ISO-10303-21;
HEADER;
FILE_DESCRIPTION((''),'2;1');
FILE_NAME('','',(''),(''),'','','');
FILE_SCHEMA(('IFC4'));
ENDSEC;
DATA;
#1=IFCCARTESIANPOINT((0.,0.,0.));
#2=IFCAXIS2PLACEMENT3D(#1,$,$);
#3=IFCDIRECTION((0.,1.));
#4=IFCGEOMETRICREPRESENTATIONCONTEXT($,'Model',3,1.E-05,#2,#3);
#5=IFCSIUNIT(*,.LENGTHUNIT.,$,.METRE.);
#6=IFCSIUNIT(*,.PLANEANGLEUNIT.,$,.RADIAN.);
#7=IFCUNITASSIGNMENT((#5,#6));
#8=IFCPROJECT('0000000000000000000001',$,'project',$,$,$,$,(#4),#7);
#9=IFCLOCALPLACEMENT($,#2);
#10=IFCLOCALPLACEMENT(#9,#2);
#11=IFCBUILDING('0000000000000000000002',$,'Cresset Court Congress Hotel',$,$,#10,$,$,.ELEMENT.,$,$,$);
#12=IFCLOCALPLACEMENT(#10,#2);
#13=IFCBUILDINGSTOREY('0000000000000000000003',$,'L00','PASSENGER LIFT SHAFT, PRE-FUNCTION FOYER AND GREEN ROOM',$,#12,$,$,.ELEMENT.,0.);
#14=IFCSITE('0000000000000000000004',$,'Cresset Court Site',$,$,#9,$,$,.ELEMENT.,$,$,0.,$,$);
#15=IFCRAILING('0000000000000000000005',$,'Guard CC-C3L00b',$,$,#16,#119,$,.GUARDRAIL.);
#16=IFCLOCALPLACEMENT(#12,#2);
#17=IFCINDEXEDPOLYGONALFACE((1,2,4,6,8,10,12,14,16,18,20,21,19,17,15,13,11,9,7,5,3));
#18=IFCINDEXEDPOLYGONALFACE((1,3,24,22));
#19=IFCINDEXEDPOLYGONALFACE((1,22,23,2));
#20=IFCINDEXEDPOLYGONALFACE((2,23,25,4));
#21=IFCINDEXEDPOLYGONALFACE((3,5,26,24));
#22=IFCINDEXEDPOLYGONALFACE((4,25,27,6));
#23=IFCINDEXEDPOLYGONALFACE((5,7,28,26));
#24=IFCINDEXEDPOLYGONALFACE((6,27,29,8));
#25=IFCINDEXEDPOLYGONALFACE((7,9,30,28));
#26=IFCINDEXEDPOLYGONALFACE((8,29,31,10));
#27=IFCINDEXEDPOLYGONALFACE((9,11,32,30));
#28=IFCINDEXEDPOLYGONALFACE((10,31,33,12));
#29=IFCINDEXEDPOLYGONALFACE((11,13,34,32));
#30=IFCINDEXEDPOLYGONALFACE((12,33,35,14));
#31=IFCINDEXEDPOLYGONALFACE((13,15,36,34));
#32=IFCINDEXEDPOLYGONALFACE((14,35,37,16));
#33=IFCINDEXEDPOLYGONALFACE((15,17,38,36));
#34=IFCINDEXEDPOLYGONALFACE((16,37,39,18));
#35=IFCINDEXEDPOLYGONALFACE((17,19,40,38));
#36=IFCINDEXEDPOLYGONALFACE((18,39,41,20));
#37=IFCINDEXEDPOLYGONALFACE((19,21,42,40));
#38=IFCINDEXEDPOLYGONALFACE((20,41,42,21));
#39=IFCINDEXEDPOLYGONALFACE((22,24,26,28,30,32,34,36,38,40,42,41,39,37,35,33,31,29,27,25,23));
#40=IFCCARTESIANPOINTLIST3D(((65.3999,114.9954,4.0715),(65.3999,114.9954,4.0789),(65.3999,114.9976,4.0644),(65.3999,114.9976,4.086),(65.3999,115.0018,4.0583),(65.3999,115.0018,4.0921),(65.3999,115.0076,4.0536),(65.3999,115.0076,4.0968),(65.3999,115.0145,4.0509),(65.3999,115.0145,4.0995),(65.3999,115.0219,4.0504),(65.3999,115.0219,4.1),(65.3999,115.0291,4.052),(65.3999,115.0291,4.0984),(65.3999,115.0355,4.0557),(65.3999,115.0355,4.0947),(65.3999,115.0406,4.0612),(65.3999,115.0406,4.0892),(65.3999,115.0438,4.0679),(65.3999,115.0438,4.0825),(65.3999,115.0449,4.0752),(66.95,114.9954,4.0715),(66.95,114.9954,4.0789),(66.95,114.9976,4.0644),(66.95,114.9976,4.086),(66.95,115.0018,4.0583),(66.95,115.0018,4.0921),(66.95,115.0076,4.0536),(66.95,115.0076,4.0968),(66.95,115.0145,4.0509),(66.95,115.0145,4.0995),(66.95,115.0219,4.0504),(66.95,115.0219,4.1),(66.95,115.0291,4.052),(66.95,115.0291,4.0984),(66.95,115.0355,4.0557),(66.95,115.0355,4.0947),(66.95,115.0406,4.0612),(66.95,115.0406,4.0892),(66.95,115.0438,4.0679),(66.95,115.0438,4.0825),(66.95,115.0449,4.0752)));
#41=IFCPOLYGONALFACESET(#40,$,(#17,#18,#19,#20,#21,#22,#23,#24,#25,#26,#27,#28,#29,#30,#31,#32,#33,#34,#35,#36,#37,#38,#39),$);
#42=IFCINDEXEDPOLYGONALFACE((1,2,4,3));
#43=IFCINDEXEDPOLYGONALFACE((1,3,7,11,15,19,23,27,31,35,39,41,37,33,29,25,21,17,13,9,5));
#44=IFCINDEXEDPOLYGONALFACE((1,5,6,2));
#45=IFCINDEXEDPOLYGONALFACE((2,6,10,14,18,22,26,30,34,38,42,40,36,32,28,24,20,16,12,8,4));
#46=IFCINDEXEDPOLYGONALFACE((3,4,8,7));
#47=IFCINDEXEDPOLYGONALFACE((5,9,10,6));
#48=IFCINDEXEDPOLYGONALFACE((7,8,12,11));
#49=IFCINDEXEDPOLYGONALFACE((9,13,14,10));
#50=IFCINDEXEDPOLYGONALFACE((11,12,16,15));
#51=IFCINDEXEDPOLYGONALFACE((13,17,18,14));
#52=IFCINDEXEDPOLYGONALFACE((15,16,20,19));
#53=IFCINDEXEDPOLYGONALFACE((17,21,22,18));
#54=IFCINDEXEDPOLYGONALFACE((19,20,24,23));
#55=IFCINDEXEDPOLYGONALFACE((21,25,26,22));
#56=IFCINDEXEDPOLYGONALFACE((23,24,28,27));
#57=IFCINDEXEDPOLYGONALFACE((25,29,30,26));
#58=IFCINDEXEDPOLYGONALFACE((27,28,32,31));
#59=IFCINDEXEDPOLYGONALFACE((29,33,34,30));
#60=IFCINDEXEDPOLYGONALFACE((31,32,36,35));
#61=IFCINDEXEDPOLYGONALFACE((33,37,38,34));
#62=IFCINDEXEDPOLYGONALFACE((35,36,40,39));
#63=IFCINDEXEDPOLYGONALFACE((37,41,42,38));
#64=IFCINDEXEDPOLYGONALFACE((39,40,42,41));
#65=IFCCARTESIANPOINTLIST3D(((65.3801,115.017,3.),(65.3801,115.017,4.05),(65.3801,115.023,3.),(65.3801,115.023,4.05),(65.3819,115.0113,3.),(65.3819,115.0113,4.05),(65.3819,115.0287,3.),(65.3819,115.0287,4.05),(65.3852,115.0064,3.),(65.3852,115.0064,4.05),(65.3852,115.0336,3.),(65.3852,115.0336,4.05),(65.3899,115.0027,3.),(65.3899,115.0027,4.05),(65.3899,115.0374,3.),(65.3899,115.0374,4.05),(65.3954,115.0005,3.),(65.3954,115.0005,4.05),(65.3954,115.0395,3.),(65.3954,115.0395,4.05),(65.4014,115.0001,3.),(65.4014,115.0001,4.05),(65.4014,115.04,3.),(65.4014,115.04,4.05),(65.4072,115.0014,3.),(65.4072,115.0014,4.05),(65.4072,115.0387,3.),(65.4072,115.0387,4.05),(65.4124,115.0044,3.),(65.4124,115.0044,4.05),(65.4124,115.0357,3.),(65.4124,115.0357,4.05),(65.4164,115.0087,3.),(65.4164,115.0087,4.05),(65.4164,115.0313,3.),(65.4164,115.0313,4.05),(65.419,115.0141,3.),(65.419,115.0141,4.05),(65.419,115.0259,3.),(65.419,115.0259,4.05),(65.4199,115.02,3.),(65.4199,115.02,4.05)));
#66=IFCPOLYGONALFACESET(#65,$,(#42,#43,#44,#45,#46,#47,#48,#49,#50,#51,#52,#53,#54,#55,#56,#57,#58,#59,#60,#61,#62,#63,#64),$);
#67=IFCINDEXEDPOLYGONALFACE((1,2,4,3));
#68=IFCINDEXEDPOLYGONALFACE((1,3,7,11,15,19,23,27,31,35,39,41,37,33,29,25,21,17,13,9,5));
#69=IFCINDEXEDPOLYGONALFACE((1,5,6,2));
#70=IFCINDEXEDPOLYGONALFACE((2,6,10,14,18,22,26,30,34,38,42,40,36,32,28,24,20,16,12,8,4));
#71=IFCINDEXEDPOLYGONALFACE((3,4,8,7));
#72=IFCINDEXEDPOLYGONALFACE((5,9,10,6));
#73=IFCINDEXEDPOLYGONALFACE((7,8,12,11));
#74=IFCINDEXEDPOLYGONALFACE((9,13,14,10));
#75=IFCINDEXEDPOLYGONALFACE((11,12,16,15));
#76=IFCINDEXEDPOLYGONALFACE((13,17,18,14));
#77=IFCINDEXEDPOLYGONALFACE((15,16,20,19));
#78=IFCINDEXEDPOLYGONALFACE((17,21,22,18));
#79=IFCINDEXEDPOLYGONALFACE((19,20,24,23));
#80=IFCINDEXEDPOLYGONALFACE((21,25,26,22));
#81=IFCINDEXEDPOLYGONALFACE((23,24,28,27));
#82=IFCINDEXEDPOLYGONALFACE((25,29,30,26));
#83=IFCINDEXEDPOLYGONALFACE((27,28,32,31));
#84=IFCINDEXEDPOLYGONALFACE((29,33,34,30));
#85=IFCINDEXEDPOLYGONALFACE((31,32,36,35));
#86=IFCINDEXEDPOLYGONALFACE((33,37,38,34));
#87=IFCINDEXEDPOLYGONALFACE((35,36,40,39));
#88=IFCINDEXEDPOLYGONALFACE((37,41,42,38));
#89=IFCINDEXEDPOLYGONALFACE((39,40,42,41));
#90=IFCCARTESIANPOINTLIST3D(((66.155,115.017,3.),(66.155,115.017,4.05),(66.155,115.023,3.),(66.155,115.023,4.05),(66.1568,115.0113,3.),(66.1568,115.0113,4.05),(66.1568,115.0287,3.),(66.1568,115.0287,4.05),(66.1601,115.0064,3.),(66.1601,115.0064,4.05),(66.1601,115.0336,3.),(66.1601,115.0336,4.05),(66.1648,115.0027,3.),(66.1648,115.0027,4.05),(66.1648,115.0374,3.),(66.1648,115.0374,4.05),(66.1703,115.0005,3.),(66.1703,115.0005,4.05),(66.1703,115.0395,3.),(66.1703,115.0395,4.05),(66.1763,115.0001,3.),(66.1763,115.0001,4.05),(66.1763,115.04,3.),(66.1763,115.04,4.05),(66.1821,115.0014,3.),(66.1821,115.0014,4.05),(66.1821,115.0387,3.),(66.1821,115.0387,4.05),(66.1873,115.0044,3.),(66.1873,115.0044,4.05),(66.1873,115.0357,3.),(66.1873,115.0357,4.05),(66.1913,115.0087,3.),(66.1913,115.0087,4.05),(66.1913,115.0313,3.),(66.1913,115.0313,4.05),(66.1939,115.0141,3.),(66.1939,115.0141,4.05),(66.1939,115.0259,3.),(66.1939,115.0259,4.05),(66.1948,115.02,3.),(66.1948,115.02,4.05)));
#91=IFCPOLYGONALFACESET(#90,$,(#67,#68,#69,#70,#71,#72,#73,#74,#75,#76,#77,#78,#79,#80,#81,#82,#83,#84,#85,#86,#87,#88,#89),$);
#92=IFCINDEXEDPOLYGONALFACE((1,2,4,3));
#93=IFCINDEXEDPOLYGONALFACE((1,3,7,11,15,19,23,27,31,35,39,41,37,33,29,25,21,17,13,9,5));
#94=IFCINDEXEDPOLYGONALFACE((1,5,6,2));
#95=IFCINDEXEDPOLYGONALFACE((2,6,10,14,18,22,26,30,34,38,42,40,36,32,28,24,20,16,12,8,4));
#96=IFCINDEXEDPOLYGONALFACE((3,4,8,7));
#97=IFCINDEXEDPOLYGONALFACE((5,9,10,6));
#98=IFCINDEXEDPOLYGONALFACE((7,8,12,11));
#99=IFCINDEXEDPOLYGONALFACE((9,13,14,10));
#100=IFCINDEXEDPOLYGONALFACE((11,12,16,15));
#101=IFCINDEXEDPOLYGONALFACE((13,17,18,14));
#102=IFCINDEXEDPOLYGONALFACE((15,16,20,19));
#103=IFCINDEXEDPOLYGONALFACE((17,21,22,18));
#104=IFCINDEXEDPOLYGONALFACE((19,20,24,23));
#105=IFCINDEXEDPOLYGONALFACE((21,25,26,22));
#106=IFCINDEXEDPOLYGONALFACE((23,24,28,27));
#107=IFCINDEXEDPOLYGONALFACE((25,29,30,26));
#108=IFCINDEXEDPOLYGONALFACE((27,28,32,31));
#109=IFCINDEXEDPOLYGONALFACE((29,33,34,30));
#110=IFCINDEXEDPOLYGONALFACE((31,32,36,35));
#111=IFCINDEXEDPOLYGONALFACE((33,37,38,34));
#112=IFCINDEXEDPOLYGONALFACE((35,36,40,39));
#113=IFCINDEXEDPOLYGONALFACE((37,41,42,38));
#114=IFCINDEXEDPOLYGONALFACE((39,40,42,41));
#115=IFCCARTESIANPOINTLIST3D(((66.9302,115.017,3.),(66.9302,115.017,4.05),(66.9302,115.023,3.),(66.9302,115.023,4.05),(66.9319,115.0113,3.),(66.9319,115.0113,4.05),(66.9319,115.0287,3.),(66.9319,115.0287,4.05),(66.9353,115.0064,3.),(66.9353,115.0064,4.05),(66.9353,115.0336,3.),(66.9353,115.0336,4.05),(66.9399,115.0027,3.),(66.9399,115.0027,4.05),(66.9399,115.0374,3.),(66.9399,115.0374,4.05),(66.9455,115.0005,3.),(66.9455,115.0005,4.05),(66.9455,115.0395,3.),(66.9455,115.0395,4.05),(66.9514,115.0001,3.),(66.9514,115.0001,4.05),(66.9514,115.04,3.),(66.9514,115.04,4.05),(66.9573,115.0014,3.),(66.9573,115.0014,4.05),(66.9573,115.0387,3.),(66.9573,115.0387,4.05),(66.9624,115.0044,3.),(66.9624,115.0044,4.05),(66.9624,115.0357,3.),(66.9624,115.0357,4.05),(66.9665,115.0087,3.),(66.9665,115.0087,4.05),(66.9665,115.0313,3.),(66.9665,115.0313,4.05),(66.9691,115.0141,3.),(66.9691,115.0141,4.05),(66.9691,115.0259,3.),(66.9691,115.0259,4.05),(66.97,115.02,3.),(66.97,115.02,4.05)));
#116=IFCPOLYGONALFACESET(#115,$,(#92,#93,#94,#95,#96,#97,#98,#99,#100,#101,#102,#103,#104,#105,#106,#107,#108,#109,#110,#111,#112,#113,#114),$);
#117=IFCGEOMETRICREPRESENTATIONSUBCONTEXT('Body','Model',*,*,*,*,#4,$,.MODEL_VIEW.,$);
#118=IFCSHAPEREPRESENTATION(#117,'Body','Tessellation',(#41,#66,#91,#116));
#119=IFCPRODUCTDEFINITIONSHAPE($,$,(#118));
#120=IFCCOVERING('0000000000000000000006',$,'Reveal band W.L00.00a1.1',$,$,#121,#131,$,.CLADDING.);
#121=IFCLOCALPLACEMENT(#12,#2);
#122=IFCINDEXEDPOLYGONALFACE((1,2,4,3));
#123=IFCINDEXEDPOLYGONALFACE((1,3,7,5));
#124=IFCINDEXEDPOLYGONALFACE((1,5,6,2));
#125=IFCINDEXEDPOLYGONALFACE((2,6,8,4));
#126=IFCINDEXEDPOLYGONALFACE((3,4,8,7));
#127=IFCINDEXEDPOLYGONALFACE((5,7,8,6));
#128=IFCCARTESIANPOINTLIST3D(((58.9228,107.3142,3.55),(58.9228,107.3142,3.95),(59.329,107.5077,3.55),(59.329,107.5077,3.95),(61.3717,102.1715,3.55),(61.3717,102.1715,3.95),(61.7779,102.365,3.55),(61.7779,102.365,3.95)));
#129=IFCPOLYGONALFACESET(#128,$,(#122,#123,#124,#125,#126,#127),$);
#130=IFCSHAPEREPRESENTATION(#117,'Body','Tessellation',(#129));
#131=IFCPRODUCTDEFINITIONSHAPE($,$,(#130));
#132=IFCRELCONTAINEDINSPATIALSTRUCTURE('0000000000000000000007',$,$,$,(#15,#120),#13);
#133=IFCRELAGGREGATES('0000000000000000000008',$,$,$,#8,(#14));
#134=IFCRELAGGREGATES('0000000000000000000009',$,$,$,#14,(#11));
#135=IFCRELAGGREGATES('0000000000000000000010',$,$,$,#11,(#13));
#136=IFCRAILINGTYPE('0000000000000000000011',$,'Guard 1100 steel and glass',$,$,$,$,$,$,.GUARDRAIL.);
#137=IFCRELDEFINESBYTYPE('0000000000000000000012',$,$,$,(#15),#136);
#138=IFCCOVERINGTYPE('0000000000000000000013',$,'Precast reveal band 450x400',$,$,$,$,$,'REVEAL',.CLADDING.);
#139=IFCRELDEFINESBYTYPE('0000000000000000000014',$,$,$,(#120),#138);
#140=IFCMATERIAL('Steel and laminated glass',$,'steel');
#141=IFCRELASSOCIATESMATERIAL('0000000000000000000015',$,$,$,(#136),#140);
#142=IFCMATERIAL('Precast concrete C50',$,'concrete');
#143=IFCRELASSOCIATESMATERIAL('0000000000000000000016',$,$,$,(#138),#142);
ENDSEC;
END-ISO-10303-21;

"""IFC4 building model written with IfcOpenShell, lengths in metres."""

from ifc_helpers import new_model, si_unit, direction, frame, origin, origin_2d, place, context, subcontext, project, spatial, rectangle, circle, extrude, material, type_object, element, save


model = new_model("IFC4")

# Units and contexts
model_context = context("Model", 3, precision=1e-05, world=origin(), true_north=direction((0.0, 1.0)))
body_context = subcontext(model_context, "Body", "Model", "MODEL_VIEW")
ifc_project = project(units=[si_unit("LENGTHUNIT", "METRE"), si_unit("PLANEANGLEUNIT", "RADIAN")], contexts=[model_context])

# Site, building, storey
site_placement = place(None, origin())
site = spatial("IfcSite", under=ifc_project, at=site_placement, Name="Cresset Court Site", CompositionType="ELEMENT", RefElevation=0.0)
building_placement = place(site_placement, origin())
building = spatial("IfcBuilding", under=site, at=building_placement, Name="Cresset Court Congress Hotel", CompositionType="ELEMENT")
storey_placement = place(building_placement, origin())
storey = spatial("IfcBuildingStorey", under=building, at=storey_placement, Name="L00", Description="PASSENGER LIFT SHAFT, PRE-FUNCTION FOYER AND GREEN ROOM", CompositionType="ELEMENT", Elevation=0.0)

# Railing
ifc_material_1 = material(Name="Steel and laminated glass", Category="steel")
railing_type = type_object("IfcRailingType", Name="Guard 1100 steel and glass", PredefinedType="GUARDRAIL", material=ifc_material_1)
for number, where, name in (
    (1, (65.3999, 115.02, 3.0), "Guard CC-C3L00b"),
):
    element("IfcRailing", number, at=place(storey_placement, frame(where)), inside=storey, type_object=railing_type, Name=name, PredefinedType="GUARDRAIL", context=body_context, shape_type="SweptSolid", body=[
        extrude(circle(Radius=0.0249, at=origin_2d()), frame((0.0, 0.0, 1.0752), z_axis=(1.0, 0.0, 0.0), x_axis=(0.0, 1.0, 0.0)), (0.0, 0.0, 1.0), 1.55),
        extrude(circle(Radius=0.02, at=origin_2d()), origin(), (0.0, 0.0, 1.0), 1.05),
        extrude(circle(Radius=0.02, at=origin_2d()), frame((0.7749, 0.0, 0.0)), (0.0, 0.0, 1.0), 1.05),
        extrude(circle(Radius=0.02, at=origin_2d()), frame((1.55, 0.0, 0.0)), (0.0, 0.0, 1.0), 1.05),
    ])

# Covering
ifc_material_2 = material(Name="Precast concrete C50", Category="concrete")
covering_type = type_object("IfcCoveringType", Name="Precast reveal band 450x400", ElementType="REVEAL", PredefinedType="CLADDING", material=ifc_material_2)
covering_placement = place(storey_placement, frame((60.3503, 104.8396, 3.55), z_axis=(0.0, 0.0, 1.0), x_axis=(-0.429933, 0.902861, 0.0)))
element("IfcCovering", 2, at=covering_placement, inside=storey, type_object=covering_type, Name="Reveal band W.L00.00a1.1", PredefinedType="CLADDING", context=body_context, shape_type="SweptSolid", body=[
    extrude(rectangle(XDim=5.696, YDim=0.45, at=origin_2d()), origin(), (0.0, 0.0, 1.0), 0.3999),
])

save(model, "model.ifc")
